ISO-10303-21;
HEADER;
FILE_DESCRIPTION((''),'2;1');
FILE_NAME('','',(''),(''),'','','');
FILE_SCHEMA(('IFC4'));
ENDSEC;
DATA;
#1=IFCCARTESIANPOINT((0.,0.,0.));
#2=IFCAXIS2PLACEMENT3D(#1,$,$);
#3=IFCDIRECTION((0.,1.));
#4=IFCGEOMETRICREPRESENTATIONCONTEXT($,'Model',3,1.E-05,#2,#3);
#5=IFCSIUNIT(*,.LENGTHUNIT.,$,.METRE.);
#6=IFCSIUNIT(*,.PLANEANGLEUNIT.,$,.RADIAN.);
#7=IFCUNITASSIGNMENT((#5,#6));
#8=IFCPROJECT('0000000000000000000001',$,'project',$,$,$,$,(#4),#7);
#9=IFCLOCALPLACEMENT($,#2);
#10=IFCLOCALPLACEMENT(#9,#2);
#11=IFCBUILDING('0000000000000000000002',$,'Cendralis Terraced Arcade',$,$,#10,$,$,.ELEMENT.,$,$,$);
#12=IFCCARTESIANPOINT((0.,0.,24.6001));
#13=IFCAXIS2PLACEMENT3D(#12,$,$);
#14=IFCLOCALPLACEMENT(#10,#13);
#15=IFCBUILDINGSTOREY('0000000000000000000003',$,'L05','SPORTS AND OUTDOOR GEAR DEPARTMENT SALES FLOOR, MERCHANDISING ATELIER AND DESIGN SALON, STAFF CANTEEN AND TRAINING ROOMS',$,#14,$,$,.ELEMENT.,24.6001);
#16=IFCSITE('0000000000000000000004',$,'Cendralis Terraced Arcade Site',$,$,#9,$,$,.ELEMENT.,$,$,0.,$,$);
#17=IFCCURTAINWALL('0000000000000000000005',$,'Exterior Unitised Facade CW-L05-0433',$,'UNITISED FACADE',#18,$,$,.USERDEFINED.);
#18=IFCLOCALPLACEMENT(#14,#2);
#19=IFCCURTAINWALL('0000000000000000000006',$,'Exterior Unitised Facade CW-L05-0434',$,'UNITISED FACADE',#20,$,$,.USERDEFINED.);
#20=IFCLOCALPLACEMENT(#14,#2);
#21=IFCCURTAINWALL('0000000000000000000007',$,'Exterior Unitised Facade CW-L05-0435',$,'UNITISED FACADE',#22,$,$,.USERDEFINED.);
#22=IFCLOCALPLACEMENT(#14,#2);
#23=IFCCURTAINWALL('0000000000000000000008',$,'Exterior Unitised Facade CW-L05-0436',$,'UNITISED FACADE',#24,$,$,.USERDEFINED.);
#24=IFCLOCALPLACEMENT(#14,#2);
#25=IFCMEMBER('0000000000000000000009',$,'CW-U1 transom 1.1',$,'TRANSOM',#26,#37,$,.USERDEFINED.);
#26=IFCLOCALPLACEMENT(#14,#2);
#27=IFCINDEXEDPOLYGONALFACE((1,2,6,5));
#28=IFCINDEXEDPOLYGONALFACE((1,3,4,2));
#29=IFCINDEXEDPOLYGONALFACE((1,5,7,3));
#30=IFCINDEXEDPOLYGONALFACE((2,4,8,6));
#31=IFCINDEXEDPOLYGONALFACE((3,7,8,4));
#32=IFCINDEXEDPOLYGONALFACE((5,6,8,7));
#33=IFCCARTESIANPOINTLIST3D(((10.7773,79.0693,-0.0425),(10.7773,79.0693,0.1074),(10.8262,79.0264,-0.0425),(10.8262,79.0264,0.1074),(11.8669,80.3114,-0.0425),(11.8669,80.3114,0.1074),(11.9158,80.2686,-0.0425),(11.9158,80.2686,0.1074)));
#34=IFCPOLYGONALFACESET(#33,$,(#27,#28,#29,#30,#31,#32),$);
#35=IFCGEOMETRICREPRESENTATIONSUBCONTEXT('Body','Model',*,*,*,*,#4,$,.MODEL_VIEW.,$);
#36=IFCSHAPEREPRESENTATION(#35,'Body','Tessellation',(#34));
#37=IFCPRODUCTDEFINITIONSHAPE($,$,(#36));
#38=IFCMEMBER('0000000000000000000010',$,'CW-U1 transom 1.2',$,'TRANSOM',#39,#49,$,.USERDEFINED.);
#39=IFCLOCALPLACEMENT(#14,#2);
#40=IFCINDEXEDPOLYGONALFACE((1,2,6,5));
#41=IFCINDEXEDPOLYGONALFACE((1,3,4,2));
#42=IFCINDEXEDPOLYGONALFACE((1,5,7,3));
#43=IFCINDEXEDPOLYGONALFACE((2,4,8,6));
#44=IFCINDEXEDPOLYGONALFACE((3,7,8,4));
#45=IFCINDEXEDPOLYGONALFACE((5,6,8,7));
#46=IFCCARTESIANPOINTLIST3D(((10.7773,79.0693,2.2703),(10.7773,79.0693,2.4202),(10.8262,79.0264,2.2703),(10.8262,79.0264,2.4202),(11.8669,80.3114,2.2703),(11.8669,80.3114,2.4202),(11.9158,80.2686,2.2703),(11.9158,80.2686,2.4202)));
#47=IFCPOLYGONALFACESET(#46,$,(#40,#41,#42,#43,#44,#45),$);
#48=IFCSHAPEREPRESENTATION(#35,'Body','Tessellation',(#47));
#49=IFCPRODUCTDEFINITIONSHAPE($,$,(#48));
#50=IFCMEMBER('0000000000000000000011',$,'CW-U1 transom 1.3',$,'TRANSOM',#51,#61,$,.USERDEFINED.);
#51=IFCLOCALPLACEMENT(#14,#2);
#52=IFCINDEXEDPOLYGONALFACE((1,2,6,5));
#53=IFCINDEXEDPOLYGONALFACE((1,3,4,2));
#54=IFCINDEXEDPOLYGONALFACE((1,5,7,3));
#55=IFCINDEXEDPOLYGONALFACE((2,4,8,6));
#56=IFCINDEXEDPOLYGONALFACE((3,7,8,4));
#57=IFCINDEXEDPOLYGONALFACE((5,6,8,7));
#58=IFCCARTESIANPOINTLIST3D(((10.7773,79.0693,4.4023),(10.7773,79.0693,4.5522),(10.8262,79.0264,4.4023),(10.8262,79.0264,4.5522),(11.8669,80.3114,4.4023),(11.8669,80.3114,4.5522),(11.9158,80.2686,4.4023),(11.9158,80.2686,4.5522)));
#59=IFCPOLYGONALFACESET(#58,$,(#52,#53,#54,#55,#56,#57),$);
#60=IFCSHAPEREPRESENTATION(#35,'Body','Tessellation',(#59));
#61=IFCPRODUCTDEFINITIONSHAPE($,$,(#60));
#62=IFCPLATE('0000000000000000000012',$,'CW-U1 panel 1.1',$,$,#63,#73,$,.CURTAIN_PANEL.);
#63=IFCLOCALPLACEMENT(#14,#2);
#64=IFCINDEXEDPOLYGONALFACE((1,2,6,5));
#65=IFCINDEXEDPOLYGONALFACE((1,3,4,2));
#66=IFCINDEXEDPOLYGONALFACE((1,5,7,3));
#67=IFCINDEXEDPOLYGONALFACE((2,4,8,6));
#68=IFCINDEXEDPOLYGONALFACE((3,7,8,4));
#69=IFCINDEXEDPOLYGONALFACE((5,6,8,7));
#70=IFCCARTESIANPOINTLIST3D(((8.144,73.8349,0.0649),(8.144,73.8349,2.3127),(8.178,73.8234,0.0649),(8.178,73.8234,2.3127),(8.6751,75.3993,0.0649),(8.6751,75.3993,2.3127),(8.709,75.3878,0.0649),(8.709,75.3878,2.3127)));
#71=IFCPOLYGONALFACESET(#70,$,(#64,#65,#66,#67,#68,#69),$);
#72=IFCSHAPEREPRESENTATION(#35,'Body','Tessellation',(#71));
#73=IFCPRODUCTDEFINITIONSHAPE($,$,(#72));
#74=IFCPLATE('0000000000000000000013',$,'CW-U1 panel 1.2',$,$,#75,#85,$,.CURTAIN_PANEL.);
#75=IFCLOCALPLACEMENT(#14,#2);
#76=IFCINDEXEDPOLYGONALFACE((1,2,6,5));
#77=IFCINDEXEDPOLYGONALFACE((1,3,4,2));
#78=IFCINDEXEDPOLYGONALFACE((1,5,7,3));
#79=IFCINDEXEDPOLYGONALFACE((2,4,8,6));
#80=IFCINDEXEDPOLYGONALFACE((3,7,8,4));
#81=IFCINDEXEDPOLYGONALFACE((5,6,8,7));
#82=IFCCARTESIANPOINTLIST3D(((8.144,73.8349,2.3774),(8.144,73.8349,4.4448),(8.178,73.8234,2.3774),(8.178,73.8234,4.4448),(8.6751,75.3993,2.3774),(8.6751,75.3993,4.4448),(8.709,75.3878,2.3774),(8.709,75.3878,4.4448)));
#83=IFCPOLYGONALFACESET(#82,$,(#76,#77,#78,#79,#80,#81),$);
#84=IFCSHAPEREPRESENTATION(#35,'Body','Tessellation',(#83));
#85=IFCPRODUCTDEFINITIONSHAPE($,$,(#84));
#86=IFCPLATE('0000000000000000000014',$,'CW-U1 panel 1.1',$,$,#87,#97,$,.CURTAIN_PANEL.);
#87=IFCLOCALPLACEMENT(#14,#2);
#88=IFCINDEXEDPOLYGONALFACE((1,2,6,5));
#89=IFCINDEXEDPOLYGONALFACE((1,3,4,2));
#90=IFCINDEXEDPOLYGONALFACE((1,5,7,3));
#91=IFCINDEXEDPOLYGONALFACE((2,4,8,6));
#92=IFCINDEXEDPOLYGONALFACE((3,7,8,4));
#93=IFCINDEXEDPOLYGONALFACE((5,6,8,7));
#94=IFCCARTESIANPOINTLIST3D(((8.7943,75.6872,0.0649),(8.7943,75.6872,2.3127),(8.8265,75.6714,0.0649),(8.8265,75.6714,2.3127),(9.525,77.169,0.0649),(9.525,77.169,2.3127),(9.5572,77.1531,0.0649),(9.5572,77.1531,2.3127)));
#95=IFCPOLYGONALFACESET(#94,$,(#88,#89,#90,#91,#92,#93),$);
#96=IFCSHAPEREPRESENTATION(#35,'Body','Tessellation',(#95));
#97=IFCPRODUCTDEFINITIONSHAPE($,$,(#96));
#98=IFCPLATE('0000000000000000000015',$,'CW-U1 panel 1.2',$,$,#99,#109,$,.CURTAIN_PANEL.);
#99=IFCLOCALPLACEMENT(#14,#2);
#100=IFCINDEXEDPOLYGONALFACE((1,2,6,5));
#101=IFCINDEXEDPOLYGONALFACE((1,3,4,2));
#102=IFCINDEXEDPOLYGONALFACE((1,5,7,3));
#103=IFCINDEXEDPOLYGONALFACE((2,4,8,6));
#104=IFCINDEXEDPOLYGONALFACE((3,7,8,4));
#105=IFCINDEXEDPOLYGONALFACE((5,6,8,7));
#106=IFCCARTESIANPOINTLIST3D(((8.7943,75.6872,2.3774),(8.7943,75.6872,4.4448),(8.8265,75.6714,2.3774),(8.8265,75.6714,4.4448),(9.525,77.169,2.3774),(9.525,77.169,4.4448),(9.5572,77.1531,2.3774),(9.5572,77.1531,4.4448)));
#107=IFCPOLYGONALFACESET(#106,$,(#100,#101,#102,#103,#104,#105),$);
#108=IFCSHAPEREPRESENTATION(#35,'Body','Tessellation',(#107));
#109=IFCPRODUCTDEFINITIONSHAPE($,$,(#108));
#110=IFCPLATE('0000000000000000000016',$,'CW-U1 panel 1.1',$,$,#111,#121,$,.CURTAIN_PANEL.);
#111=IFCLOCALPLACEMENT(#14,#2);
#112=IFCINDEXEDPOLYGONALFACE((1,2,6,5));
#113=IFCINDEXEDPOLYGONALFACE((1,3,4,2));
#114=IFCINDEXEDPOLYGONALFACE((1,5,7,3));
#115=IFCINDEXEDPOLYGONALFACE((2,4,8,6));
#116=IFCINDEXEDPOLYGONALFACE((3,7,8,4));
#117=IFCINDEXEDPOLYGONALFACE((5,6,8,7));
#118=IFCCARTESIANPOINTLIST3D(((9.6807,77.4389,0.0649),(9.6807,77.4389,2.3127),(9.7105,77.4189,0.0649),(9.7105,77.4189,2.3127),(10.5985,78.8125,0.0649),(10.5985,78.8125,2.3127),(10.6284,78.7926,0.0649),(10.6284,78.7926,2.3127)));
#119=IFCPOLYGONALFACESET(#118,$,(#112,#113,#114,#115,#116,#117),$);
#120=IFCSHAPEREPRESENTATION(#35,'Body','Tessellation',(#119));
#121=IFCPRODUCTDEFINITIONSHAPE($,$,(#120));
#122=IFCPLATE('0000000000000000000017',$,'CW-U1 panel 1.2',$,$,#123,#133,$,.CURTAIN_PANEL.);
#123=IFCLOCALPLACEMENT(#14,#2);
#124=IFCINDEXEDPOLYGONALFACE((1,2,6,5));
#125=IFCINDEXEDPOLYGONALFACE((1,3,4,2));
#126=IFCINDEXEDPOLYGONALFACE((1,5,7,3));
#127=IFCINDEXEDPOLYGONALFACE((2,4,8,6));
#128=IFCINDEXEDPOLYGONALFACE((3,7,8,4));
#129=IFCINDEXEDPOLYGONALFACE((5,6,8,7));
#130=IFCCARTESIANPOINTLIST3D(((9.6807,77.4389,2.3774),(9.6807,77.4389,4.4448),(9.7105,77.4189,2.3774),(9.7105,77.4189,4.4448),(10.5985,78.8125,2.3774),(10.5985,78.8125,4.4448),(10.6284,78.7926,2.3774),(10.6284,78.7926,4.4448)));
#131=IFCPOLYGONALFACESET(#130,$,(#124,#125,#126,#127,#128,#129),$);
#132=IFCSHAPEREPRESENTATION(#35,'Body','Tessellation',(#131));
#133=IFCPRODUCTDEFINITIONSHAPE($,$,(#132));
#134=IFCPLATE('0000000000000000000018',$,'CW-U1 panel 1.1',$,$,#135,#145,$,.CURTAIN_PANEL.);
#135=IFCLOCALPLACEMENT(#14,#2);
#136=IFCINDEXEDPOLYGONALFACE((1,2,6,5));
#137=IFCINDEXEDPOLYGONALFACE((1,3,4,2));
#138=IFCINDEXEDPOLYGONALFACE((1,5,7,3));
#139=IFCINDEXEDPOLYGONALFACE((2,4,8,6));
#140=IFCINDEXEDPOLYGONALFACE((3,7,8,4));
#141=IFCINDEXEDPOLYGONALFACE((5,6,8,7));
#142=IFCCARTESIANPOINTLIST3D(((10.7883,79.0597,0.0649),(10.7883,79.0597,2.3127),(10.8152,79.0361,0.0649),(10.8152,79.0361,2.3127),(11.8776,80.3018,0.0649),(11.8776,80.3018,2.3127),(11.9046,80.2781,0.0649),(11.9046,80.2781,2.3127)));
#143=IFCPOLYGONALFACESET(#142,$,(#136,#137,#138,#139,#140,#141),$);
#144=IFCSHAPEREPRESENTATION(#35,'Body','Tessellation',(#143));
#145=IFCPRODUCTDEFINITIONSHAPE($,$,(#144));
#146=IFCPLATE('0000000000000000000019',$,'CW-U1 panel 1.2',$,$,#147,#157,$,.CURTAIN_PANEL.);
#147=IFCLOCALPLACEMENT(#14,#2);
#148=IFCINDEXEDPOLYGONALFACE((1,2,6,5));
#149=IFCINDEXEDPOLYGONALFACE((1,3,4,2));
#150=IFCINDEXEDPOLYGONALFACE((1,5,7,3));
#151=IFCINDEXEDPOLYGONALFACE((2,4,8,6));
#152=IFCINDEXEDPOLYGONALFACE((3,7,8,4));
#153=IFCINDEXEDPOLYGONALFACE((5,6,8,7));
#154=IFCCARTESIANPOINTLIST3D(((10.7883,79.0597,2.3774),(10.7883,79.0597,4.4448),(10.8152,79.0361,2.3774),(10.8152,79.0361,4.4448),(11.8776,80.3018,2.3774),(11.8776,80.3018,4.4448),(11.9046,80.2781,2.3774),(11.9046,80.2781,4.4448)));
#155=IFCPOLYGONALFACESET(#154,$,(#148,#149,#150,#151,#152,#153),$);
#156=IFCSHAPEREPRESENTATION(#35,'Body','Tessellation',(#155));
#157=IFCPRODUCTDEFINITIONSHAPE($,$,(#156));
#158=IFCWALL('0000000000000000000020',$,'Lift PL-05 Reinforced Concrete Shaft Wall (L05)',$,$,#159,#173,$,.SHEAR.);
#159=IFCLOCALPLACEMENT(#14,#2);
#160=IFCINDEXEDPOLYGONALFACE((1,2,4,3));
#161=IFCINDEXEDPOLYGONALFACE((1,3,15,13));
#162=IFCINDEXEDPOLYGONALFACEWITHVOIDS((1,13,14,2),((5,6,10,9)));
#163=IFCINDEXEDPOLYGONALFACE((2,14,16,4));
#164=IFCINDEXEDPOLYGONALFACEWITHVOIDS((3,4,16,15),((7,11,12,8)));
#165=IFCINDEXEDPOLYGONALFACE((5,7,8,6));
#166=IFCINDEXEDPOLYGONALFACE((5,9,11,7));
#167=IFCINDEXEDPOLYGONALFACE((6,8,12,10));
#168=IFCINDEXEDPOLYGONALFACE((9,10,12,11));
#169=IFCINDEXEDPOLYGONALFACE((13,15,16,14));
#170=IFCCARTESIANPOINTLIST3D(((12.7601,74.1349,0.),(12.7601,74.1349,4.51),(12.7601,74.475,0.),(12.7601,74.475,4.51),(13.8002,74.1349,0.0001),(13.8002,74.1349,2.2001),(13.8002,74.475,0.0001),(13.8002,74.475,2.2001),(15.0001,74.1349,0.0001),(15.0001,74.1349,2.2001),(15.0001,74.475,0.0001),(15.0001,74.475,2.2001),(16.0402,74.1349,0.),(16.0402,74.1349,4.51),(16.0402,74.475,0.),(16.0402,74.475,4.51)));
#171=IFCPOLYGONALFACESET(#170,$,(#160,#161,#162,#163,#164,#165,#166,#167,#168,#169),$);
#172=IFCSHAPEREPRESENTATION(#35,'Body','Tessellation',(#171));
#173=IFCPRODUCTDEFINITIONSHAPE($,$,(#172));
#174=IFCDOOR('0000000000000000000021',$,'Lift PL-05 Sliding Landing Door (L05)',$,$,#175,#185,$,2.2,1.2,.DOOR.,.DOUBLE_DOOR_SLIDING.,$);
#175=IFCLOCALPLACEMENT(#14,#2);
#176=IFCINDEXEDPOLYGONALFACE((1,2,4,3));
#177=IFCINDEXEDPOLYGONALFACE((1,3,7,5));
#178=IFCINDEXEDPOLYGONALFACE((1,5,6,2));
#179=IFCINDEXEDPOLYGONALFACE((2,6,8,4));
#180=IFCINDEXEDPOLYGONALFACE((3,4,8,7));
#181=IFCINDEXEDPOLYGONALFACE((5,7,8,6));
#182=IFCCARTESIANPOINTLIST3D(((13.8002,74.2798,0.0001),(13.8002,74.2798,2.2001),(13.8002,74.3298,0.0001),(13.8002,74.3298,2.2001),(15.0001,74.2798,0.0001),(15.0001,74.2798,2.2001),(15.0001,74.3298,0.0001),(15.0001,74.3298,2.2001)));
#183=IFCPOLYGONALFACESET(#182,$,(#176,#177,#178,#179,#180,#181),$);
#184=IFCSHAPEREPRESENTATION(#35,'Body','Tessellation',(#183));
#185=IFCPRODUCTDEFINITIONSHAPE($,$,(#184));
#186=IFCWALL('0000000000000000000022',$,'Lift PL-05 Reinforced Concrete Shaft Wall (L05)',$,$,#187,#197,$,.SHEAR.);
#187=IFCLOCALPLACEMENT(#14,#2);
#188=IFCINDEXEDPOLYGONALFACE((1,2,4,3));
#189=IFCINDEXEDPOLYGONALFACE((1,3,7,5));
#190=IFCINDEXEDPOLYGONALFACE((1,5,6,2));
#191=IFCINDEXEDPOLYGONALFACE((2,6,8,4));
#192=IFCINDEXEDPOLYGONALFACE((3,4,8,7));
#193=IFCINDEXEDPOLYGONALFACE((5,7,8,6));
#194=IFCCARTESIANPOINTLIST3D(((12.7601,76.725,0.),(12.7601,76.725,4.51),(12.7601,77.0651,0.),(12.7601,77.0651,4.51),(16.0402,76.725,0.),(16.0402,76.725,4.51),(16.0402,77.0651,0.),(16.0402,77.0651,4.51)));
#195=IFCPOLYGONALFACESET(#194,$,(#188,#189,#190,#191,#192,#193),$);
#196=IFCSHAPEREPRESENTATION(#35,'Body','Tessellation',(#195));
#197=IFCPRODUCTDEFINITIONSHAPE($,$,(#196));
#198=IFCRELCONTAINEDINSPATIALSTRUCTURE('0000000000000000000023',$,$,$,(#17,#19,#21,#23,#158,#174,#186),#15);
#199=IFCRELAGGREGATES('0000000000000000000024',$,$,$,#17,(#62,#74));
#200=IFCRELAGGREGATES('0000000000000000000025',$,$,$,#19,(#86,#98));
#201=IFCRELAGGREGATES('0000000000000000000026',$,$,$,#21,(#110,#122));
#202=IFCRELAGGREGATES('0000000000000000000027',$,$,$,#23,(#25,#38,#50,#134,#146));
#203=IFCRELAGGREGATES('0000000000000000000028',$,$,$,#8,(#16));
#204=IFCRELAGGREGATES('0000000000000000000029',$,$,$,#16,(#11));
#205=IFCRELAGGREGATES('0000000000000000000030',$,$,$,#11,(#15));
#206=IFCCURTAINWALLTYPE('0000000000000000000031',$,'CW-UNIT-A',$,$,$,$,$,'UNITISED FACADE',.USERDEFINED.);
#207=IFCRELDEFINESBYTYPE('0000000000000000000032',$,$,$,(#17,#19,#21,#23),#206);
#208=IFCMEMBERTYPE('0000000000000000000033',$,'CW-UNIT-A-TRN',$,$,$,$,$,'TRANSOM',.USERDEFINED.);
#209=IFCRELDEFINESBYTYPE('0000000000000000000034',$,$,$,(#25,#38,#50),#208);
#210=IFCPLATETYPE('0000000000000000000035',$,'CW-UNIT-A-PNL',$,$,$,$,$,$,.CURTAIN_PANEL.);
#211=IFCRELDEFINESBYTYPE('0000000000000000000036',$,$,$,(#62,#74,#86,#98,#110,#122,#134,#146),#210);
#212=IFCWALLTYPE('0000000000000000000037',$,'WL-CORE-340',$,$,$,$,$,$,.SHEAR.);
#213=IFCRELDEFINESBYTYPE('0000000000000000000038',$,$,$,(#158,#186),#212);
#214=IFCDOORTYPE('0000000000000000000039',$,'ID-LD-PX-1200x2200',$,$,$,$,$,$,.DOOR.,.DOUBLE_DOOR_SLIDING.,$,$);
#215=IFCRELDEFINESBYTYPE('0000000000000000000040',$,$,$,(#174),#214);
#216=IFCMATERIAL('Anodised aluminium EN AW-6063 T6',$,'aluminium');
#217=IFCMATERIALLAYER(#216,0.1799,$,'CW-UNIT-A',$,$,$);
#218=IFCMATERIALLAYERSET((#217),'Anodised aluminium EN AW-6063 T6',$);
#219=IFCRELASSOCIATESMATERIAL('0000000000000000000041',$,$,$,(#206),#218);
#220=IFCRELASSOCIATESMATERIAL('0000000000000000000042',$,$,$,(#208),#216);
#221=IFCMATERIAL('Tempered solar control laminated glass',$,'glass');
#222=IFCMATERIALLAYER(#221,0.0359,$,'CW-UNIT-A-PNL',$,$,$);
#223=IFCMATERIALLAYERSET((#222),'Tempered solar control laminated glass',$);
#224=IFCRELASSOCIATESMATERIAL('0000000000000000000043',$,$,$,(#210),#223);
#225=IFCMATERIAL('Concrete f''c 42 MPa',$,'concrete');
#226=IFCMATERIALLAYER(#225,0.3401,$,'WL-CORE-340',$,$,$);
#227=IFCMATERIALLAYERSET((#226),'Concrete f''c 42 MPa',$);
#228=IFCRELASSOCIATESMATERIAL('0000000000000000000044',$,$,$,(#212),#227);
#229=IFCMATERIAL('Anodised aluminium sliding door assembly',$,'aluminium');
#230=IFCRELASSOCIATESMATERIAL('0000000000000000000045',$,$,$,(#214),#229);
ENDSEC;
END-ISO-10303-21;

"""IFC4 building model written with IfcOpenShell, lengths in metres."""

from ifc_helpers import new_model, si_unit, direction, frame, frame_2d, origin, origin_2d, place, context, subcontext, project, spatial, rectangle, extrude, material, layer, layer_set, material_profile, profile_set, type_object, element, fill, aggregate, save


model = new_model("IFC4")

# Units and contexts
model_context = context("Model", 3, precision=1e-05, world=origin(), true_north=direction((0.0, 1.0)))
body_context = subcontext(model_context, "Body", "Model", "MODEL_VIEW")
ifc_project = project(units=[si_unit("LENGTHUNIT", "METRE"), si_unit("PLANEANGLEUNIT", "RADIAN")], contexts=[model_context])

# Site, building, storey
site_placement = place(None, origin())
site = spatial("IfcSite", under=ifc_project, at=site_placement, Name="Cendralis Terraced Arcade Site", CompositionType="ELEMENT", RefElevation=0.0)
building_placement = place(site_placement, origin())
building = spatial("IfcBuilding", under=site, at=building_placement, Name="Cendralis Terraced Arcade", CompositionType="ELEMENT")
storey_placement = place(building_placement, frame((0.0, 0.0, 24.6001)))
storey = spatial("IfcBuildingStorey", under=building, at=storey_placement, Name="L05", Description="SPORTS AND OUTDOOR GEAR DEPARTMENT SALES FLOOR, MERCHANDISING ATELIER AND DESIGN SALON, STAFF CANTEEN AND TRAINING ROOMS", CompositionType="ELEMENT", Elevation=24.6001)

# Shared definitions
ifc_material_1 = material(Name="Concrete f'c 42 MPa", Category="concrete")

# Curtain wall
ifc_material_2 = material(Name="Anodised aluminium EN AW-6063 T6", Category="aluminium")
ifc_layer_1 = layer(ifc_material_2, 0.1799, Name="CW-UNIT-A")
ifc_layer_set_1 = layer_set([ifc_layer_1], Name="Anodised aluminium EN AW-6063 T6")
curtain_wall_type = type_object("IfcCurtainWallType", Name="CW-UNIT-A", ElementType="UNITISED FACADE", PredefinedType="USERDEFINED", material=ifc_layer_set_1)
curtain_wall_1_placement = place(storey_placement, origin())
curtain_wall_1 = element("IfcCurtainWall", 1, at=curtain_wall_1_placement, inside=storey, type_object=curtain_wall_type, Name="Exterior Unitised Facade CW-L05-0433", ObjectType="UNITISED FACADE", PredefinedType="USERDEFINED")

# Curtain walls
curtain_wall_2_placement = place(storey_placement, origin())
curtain_wall_2 = element("IfcCurtainWall", 2, at=curtain_wall_2_placement, inside=storey, type_object=curtain_wall_type, Name="Exterior Unitised Facade CW-L05-0434", ObjectType="UNITISED FACADE", PredefinedType="USERDEFINED")
curtain_wall_3_placement = place(storey_placement, origin())
curtain_wall_3 = element("IfcCurtainWall", 3, at=curtain_wall_3_placement, inside=storey, type_object=curtain_wall_type, Name="Exterior Unitised Facade CW-L05-0435", ObjectType="UNITISED FACADE", PredefinedType="USERDEFINED")
curtain_wall_4_placement = place(storey_placement, origin())
curtain_wall_4 = element("IfcCurtainWall", 4, at=curtain_wall_4_placement, inside=storey, type_object=curtain_wall_type, Name="Exterior Unitised Facade CW-L05-0436", ObjectType="UNITISED FACADE", PredefinedType="USERDEFINED")

# Members
ifc_material_profile_1 = material_profile(ifc_material_2, rectangle(XDim=0.0649, YDim=0.1499, at=origin_2d()), Name="ALU-TRN-65x150")
ifc_profile_set_1 = profile_set([ifc_material_profile_1], Name="Anodised aluminium EN AW-6063 T6")
member_type_1 = type_object("IfcMemberType", Name="CW-UNIT-A-TRN", ElementType="TRANSOM", PredefinedType="USERDEFINED", material=ifc_profile_set_1)
member_1_placement = place(storey_placement, frame((10.8018, 79.0479, 0.0325), z_axis=(0.659425, 0.751771, 0.0), x_axis=(-0.751771, 0.659425, 0.0)))
member_1 = element("IfcMember", 5, at=member_1_placement, type_object=member_type_1, Name="CW-U1 transom 1.1", ObjectType="TRANSOM", PredefinedType="USERDEFINED", context=body_context, shape_type="SweptSolid", body=[
    extrude(rectangle(XDim=0.0649, YDim=0.1499, at=origin_2d()), origin(), (0.0, 0.0, 1.0), 1.6523),
])
member_2_placement = place(storey_placement, frame((10.8018, 79.0479, 2.3452), z_axis=(0.659425, 0.751771, 0.0), x_axis=(-0.751771, 0.659425, 0.0)))
member_2 = element("IfcMember", 6, at=member_2_placement, type_object=member_type_1, Name="CW-U1 transom 1.2", ObjectType="TRANSOM", PredefinedType="USERDEFINED", context=body_context, shape_type="SweptSolid", body=[
    extrude(rectangle(XDim=0.0649, YDim=0.1499, at=origin_2d()), origin(), (0.0, 0.0, 1.0), 1.6523),
])
member_3_placement = place(storey_placement, frame((10.8018, 79.0479, 4.4773), z_axis=(0.659425, 0.751771, 0.0), x_axis=(-0.751771, 0.659425, 0.0)))
member_3 = element("IfcMember", 7, at=member_3_placement, type_object=member_type_1, Name="CW-U1 transom 1.3", ObjectType="TRANSOM", PredefinedType="USERDEFINED", context=body_context, shape_type="SweptSolid", body=[
    extrude(rectangle(XDim=0.0649, YDim=0.1499, at=origin_2d()), origin(), (0.0, 0.0, 1.0), 1.6523),
])

# Plates
ifc_material_3 = material(Name="Tempered solar control laminated glass", Category="glass")
ifc_layer_2 = layer(ifc_material_3, 0.0359, Name="CW-UNIT-A-PNL")
ifc_layer_set_2 = layer_set([ifc_layer_2], Name="Tempered solar control laminated glass")
plate_type = type_object("IfcPlateType", Name="CW-UNIT-A-PNL", PredefinedType="CURTAIN_PANEL", material=ifc_layer_set_2)
plate_1_placement = place(storey_placement, frame((8.4265, 74.6113, 0.0649), z_axis=(0.0, 0.0, 1.0), x_axis=(0.321458, 0.946924, 0.0)))
plate_1 = element("IfcPlate", 8, at=plate_1_placement, type_object=plate_type, Name="CW-U1 panel 1.1", PredefinedType="CURTAIN_PANEL", context=body_context, shape_type="SweptSolid", body=[
    extrude(rectangle(XDim=1.6521, YDim=0.0359, at=origin_2d()), origin(), (0.0, 0.0, 1.0), 2.2478),
])
plate_2_placement = place(storey_placement, frame((8.4265, 74.6113, 2.3774), z_axis=(0.0, 0.0, 1.0), x_axis=(0.321458, 0.946924, 0.0)))
plate_2 = element("IfcPlate", 9, at=plate_2_placement, type_object=plate_type, Name="CW-U1 panel 1.2", PredefinedType="CURTAIN_PANEL", context=body_context, shape_type="SweptSolid", body=[
    extrude(rectangle(XDim=1.6521, YDim=0.0359, at=origin_2d()), origin(), (0.0, 0.0, 1.0), 2.0674),
])
aggregate(curtain_wall_1, [plate_1, plate_2])
plate_3_placement = place(storey_placement, frame((9.1758, 76.4202, 0.0649), z_axis=(0.0, 0.0, 1.0), x_axis=(0.442291, 0.896871, 0.0)))
plate_3 = element("IfcPlate", 10, at=plate_3_placement, type_object=plate_type, Name="CW-U1 panel 1.1", PredefinedType="CURTAIN_PANEL", context=body_context, shape_type="SweptSolid", body=[
    extrude(rectangle(XDim=1.6521, YDim=0.0359, at=origin_2d()), origin(), (0.0, 0.0, 1.0), 2.2478),
])
plate_4_placement = place(storey_placement, frame((9.1758, 76.4202, 2.3774), z_axis=(0.0, 0.0, 1.0), x_axis=(0.442291, 0.896871, 0.0)))
plate_4 = element("IfcPlate", 11, at=plate_4_placement, type_object=plate_type, Name="CW-U1 panel 1.2", PredefinedType="CURTAIN_PANEL", context=body_context, shape_type="SweptSolid", body=[
    extrude(rectangle(XDim=1.6521, YDim=0.0359, at=origin_2d()), origin(), (0.0, 0.0, 1.0), 2.0674),
])
aggregate(curtain_wall_2, [plate_3, plate_4])
plate_5_placement = place(storey_placement, frame((10.1545, 78.1157, 0.0649), z_axis=(0.0, 0.0, 1.0), x_axis=(0.555567, 0.831471, 0.0)))
plate_5 = element("IfcPlate", 12, at=plate_5_placement, type_object=plate_type, Name="CW-U1 panel 1.1", PredefinedType="CURTAIN_PANEL", context=body_context, shape_type="SweptSolid", body=[
    extrude(rectangle(XDim=1.6521, YDim=0.0359, at=origin_2d()), origin(), (0.0, 0.0, 1.0), 2.2478),
])
plate_6_placement = place(storey_placement, frame((10.1545, 78.1157, 2.3774), z_axis=(0.0, 0.0, 1.0), x_axis=(0.555567, 0.831471, 0.0)))
plate_6 = element("IfcPlate", 13, at=plate_6_placement, type_object=plate_type, Name="CW-U1 panel 1.2", PredefinedType="CURTAIN_PANEL", context=body_context, shape_type="SweptSolid", body=[
    extrude(rectangle(XDim=1.6521, YDim=0.0359, at=origin_2d()), origin(), (0.0, 0.0, 1.0), 2.0674),
])
aggregate(curtain_wall_3, [plate_5, plate_6])
plate_7_placement = place(storey_placement, frame((11.3464, 79.6689, 0.0649), z_axis=(0.0, 0.0, 1.0), x_axis=(0.659386, 0.751804, 0.0)))
plate_7 = element("IfcPlate", 14, at=plate_7_placement, type_object=plate_type, Name="CW-U1 panel 1.1", PredefinedType="CURTAIN_PANEL", context=body_context, shape_type="SweptSolid", body=[
    extrude(rectangle(XDim=1.6521, YDim=0.0359, at=origin_2d()), origin(), (0.0, 0.0, 1.0), 2.2478),
])
plate_8_placement = place(storey_placement, frame((11.3464, 79.6689, 2.3774), z_axis=(0.0, 0.0, 1.0), x_axis=(0.659386, 0.751804, 0.0)))
plate_8 = element("IfcPlate", 15, at=plate_8_placement, type_object=plate_type, Name="CW-U1 panel 1.2", PredefinedType="CURTAIN_PANEL", context=body_context, shape_type="SweptSolid", body=[
    extrude(rectangle(XDim=1.6521, YDim=0.0359, at=origin_2d()), origin(), (0.0, 0.0, 1.0), 2.0674),
])
aggregate(curtain_wall_4, [member_1, member_2, member_3, plate_7, plate_8])

# Wall, opening, door
ifc_layer_3 = layer(ifc_material_1, 0.3401, Name="WL-CORE-340")
ifc_layer_set_3 = layer_set([ifc_layer_3], Name="Concrete f'c 42 MPa")
wall_type = type_object("IfcWallType", Name="WL-CORE-340", PredefinedType="SHEAR", material=ifc_layer_set_3)
wall_1_placement = place(storey_placement, frame((12.76, 74.3049, 0.0), z_axis=(0.0, 0.0, 1.0), x_axis=(1.0, 0.0, 0.0)))
wall_1 = element("IfcWall", 16, at=wall_1_placement, inside=storey, type_object=wall_type, Name="Lift PL-05 Reinforced Concrete Shaft Wall (L05)", PredefinedType="SHEAR", context=body_context, shape_type="SweptSolid", body=[
    extrude(rectangle(XDim=3.28, YDim=0.3401, at=frame_2d((1.6401, 0.0))), origin(), (0.0, 0.0, 1.0), 4.51),
])
opening_1_placement = place(wall_1_placement, frame((1.04, 0.0, 0.0)))
opening_1 = element("IfcOpeningElement", 17, at=opening_1_placement, cuts=wall_1, PredefinedType="OPENING", context=body_context, shape_type="SweptSolid", body=[
    extrude(rectangle(XDim=1.2, YDim=2.2, at=frame_2d((0.6001, 1.1001))), frame((0.0, 0.1821, 0.0), z_axis=(0.0, -1.0, 0.0), x_axis=(1.0, 0.0, 0.0)), (0.0, 0.0, 1.0), 0.364),
])
ifc_material_4 = material(Name="Anodised aluminium sliding door assembly", Category="aluminium")
door_type = type_object("IfcDoorType", Name="ID-LD-PX-1200x2200", OperationType="DOUBLE_DOOR_SLIDING", PredefinedType="DOOR", material=ifc_material_4)
door_1_placement = place(opening_1_placement, origin())
door_1 = element("IfcDoor", 18, at=door_1_placement, inside=storey, type_object=door_type, Name="Lift PL-05 Sliding Landing Door (L05)", OperationType="DOUBLE_DOOR_SLIDING", OverallHeight=2.2, OverallWidth=1.2, PredefinedType="DOOR", context=body_context, shape_type="SweptSolid", body=[
    extrude(rectangle(XDim=1.2, YDim=2.2, at=frame_2d((0.6001, 1.1001))), frame((0.0, 0.0249, 0.0), z_axis=(0.0, -1.0, 0.0), x_axis=(1.0, 0.0, 0.0)), (0.0, 0.0, 1.0), 0.05),
])
fill(opening_1, door_1)

# Wall
wall_2_placement = place(storey_placement, frame((12.76, 76.895, 0.0), z_axis=(0.0, 0.0, 1.0), x_axis=(1.0, 0.0, 0.0)))
element("IfcWall", 19, at=wall_2_placement, inside=storey, type_object=wall_type, Name="Lift PL-05 Reinforced Concrete Shaft Wall (L05)", PredefinedType="SHEAR", context=body_context, shape_type="SweptSolid", body=[
    extrude(rectangle(XDim=3.28, YDim=0.3401, at=frame_2d((1.6401, 0.0))), origin(), (0.0, 0.0, 1.0), 4.51),
])

save(model, "model.ifc")
